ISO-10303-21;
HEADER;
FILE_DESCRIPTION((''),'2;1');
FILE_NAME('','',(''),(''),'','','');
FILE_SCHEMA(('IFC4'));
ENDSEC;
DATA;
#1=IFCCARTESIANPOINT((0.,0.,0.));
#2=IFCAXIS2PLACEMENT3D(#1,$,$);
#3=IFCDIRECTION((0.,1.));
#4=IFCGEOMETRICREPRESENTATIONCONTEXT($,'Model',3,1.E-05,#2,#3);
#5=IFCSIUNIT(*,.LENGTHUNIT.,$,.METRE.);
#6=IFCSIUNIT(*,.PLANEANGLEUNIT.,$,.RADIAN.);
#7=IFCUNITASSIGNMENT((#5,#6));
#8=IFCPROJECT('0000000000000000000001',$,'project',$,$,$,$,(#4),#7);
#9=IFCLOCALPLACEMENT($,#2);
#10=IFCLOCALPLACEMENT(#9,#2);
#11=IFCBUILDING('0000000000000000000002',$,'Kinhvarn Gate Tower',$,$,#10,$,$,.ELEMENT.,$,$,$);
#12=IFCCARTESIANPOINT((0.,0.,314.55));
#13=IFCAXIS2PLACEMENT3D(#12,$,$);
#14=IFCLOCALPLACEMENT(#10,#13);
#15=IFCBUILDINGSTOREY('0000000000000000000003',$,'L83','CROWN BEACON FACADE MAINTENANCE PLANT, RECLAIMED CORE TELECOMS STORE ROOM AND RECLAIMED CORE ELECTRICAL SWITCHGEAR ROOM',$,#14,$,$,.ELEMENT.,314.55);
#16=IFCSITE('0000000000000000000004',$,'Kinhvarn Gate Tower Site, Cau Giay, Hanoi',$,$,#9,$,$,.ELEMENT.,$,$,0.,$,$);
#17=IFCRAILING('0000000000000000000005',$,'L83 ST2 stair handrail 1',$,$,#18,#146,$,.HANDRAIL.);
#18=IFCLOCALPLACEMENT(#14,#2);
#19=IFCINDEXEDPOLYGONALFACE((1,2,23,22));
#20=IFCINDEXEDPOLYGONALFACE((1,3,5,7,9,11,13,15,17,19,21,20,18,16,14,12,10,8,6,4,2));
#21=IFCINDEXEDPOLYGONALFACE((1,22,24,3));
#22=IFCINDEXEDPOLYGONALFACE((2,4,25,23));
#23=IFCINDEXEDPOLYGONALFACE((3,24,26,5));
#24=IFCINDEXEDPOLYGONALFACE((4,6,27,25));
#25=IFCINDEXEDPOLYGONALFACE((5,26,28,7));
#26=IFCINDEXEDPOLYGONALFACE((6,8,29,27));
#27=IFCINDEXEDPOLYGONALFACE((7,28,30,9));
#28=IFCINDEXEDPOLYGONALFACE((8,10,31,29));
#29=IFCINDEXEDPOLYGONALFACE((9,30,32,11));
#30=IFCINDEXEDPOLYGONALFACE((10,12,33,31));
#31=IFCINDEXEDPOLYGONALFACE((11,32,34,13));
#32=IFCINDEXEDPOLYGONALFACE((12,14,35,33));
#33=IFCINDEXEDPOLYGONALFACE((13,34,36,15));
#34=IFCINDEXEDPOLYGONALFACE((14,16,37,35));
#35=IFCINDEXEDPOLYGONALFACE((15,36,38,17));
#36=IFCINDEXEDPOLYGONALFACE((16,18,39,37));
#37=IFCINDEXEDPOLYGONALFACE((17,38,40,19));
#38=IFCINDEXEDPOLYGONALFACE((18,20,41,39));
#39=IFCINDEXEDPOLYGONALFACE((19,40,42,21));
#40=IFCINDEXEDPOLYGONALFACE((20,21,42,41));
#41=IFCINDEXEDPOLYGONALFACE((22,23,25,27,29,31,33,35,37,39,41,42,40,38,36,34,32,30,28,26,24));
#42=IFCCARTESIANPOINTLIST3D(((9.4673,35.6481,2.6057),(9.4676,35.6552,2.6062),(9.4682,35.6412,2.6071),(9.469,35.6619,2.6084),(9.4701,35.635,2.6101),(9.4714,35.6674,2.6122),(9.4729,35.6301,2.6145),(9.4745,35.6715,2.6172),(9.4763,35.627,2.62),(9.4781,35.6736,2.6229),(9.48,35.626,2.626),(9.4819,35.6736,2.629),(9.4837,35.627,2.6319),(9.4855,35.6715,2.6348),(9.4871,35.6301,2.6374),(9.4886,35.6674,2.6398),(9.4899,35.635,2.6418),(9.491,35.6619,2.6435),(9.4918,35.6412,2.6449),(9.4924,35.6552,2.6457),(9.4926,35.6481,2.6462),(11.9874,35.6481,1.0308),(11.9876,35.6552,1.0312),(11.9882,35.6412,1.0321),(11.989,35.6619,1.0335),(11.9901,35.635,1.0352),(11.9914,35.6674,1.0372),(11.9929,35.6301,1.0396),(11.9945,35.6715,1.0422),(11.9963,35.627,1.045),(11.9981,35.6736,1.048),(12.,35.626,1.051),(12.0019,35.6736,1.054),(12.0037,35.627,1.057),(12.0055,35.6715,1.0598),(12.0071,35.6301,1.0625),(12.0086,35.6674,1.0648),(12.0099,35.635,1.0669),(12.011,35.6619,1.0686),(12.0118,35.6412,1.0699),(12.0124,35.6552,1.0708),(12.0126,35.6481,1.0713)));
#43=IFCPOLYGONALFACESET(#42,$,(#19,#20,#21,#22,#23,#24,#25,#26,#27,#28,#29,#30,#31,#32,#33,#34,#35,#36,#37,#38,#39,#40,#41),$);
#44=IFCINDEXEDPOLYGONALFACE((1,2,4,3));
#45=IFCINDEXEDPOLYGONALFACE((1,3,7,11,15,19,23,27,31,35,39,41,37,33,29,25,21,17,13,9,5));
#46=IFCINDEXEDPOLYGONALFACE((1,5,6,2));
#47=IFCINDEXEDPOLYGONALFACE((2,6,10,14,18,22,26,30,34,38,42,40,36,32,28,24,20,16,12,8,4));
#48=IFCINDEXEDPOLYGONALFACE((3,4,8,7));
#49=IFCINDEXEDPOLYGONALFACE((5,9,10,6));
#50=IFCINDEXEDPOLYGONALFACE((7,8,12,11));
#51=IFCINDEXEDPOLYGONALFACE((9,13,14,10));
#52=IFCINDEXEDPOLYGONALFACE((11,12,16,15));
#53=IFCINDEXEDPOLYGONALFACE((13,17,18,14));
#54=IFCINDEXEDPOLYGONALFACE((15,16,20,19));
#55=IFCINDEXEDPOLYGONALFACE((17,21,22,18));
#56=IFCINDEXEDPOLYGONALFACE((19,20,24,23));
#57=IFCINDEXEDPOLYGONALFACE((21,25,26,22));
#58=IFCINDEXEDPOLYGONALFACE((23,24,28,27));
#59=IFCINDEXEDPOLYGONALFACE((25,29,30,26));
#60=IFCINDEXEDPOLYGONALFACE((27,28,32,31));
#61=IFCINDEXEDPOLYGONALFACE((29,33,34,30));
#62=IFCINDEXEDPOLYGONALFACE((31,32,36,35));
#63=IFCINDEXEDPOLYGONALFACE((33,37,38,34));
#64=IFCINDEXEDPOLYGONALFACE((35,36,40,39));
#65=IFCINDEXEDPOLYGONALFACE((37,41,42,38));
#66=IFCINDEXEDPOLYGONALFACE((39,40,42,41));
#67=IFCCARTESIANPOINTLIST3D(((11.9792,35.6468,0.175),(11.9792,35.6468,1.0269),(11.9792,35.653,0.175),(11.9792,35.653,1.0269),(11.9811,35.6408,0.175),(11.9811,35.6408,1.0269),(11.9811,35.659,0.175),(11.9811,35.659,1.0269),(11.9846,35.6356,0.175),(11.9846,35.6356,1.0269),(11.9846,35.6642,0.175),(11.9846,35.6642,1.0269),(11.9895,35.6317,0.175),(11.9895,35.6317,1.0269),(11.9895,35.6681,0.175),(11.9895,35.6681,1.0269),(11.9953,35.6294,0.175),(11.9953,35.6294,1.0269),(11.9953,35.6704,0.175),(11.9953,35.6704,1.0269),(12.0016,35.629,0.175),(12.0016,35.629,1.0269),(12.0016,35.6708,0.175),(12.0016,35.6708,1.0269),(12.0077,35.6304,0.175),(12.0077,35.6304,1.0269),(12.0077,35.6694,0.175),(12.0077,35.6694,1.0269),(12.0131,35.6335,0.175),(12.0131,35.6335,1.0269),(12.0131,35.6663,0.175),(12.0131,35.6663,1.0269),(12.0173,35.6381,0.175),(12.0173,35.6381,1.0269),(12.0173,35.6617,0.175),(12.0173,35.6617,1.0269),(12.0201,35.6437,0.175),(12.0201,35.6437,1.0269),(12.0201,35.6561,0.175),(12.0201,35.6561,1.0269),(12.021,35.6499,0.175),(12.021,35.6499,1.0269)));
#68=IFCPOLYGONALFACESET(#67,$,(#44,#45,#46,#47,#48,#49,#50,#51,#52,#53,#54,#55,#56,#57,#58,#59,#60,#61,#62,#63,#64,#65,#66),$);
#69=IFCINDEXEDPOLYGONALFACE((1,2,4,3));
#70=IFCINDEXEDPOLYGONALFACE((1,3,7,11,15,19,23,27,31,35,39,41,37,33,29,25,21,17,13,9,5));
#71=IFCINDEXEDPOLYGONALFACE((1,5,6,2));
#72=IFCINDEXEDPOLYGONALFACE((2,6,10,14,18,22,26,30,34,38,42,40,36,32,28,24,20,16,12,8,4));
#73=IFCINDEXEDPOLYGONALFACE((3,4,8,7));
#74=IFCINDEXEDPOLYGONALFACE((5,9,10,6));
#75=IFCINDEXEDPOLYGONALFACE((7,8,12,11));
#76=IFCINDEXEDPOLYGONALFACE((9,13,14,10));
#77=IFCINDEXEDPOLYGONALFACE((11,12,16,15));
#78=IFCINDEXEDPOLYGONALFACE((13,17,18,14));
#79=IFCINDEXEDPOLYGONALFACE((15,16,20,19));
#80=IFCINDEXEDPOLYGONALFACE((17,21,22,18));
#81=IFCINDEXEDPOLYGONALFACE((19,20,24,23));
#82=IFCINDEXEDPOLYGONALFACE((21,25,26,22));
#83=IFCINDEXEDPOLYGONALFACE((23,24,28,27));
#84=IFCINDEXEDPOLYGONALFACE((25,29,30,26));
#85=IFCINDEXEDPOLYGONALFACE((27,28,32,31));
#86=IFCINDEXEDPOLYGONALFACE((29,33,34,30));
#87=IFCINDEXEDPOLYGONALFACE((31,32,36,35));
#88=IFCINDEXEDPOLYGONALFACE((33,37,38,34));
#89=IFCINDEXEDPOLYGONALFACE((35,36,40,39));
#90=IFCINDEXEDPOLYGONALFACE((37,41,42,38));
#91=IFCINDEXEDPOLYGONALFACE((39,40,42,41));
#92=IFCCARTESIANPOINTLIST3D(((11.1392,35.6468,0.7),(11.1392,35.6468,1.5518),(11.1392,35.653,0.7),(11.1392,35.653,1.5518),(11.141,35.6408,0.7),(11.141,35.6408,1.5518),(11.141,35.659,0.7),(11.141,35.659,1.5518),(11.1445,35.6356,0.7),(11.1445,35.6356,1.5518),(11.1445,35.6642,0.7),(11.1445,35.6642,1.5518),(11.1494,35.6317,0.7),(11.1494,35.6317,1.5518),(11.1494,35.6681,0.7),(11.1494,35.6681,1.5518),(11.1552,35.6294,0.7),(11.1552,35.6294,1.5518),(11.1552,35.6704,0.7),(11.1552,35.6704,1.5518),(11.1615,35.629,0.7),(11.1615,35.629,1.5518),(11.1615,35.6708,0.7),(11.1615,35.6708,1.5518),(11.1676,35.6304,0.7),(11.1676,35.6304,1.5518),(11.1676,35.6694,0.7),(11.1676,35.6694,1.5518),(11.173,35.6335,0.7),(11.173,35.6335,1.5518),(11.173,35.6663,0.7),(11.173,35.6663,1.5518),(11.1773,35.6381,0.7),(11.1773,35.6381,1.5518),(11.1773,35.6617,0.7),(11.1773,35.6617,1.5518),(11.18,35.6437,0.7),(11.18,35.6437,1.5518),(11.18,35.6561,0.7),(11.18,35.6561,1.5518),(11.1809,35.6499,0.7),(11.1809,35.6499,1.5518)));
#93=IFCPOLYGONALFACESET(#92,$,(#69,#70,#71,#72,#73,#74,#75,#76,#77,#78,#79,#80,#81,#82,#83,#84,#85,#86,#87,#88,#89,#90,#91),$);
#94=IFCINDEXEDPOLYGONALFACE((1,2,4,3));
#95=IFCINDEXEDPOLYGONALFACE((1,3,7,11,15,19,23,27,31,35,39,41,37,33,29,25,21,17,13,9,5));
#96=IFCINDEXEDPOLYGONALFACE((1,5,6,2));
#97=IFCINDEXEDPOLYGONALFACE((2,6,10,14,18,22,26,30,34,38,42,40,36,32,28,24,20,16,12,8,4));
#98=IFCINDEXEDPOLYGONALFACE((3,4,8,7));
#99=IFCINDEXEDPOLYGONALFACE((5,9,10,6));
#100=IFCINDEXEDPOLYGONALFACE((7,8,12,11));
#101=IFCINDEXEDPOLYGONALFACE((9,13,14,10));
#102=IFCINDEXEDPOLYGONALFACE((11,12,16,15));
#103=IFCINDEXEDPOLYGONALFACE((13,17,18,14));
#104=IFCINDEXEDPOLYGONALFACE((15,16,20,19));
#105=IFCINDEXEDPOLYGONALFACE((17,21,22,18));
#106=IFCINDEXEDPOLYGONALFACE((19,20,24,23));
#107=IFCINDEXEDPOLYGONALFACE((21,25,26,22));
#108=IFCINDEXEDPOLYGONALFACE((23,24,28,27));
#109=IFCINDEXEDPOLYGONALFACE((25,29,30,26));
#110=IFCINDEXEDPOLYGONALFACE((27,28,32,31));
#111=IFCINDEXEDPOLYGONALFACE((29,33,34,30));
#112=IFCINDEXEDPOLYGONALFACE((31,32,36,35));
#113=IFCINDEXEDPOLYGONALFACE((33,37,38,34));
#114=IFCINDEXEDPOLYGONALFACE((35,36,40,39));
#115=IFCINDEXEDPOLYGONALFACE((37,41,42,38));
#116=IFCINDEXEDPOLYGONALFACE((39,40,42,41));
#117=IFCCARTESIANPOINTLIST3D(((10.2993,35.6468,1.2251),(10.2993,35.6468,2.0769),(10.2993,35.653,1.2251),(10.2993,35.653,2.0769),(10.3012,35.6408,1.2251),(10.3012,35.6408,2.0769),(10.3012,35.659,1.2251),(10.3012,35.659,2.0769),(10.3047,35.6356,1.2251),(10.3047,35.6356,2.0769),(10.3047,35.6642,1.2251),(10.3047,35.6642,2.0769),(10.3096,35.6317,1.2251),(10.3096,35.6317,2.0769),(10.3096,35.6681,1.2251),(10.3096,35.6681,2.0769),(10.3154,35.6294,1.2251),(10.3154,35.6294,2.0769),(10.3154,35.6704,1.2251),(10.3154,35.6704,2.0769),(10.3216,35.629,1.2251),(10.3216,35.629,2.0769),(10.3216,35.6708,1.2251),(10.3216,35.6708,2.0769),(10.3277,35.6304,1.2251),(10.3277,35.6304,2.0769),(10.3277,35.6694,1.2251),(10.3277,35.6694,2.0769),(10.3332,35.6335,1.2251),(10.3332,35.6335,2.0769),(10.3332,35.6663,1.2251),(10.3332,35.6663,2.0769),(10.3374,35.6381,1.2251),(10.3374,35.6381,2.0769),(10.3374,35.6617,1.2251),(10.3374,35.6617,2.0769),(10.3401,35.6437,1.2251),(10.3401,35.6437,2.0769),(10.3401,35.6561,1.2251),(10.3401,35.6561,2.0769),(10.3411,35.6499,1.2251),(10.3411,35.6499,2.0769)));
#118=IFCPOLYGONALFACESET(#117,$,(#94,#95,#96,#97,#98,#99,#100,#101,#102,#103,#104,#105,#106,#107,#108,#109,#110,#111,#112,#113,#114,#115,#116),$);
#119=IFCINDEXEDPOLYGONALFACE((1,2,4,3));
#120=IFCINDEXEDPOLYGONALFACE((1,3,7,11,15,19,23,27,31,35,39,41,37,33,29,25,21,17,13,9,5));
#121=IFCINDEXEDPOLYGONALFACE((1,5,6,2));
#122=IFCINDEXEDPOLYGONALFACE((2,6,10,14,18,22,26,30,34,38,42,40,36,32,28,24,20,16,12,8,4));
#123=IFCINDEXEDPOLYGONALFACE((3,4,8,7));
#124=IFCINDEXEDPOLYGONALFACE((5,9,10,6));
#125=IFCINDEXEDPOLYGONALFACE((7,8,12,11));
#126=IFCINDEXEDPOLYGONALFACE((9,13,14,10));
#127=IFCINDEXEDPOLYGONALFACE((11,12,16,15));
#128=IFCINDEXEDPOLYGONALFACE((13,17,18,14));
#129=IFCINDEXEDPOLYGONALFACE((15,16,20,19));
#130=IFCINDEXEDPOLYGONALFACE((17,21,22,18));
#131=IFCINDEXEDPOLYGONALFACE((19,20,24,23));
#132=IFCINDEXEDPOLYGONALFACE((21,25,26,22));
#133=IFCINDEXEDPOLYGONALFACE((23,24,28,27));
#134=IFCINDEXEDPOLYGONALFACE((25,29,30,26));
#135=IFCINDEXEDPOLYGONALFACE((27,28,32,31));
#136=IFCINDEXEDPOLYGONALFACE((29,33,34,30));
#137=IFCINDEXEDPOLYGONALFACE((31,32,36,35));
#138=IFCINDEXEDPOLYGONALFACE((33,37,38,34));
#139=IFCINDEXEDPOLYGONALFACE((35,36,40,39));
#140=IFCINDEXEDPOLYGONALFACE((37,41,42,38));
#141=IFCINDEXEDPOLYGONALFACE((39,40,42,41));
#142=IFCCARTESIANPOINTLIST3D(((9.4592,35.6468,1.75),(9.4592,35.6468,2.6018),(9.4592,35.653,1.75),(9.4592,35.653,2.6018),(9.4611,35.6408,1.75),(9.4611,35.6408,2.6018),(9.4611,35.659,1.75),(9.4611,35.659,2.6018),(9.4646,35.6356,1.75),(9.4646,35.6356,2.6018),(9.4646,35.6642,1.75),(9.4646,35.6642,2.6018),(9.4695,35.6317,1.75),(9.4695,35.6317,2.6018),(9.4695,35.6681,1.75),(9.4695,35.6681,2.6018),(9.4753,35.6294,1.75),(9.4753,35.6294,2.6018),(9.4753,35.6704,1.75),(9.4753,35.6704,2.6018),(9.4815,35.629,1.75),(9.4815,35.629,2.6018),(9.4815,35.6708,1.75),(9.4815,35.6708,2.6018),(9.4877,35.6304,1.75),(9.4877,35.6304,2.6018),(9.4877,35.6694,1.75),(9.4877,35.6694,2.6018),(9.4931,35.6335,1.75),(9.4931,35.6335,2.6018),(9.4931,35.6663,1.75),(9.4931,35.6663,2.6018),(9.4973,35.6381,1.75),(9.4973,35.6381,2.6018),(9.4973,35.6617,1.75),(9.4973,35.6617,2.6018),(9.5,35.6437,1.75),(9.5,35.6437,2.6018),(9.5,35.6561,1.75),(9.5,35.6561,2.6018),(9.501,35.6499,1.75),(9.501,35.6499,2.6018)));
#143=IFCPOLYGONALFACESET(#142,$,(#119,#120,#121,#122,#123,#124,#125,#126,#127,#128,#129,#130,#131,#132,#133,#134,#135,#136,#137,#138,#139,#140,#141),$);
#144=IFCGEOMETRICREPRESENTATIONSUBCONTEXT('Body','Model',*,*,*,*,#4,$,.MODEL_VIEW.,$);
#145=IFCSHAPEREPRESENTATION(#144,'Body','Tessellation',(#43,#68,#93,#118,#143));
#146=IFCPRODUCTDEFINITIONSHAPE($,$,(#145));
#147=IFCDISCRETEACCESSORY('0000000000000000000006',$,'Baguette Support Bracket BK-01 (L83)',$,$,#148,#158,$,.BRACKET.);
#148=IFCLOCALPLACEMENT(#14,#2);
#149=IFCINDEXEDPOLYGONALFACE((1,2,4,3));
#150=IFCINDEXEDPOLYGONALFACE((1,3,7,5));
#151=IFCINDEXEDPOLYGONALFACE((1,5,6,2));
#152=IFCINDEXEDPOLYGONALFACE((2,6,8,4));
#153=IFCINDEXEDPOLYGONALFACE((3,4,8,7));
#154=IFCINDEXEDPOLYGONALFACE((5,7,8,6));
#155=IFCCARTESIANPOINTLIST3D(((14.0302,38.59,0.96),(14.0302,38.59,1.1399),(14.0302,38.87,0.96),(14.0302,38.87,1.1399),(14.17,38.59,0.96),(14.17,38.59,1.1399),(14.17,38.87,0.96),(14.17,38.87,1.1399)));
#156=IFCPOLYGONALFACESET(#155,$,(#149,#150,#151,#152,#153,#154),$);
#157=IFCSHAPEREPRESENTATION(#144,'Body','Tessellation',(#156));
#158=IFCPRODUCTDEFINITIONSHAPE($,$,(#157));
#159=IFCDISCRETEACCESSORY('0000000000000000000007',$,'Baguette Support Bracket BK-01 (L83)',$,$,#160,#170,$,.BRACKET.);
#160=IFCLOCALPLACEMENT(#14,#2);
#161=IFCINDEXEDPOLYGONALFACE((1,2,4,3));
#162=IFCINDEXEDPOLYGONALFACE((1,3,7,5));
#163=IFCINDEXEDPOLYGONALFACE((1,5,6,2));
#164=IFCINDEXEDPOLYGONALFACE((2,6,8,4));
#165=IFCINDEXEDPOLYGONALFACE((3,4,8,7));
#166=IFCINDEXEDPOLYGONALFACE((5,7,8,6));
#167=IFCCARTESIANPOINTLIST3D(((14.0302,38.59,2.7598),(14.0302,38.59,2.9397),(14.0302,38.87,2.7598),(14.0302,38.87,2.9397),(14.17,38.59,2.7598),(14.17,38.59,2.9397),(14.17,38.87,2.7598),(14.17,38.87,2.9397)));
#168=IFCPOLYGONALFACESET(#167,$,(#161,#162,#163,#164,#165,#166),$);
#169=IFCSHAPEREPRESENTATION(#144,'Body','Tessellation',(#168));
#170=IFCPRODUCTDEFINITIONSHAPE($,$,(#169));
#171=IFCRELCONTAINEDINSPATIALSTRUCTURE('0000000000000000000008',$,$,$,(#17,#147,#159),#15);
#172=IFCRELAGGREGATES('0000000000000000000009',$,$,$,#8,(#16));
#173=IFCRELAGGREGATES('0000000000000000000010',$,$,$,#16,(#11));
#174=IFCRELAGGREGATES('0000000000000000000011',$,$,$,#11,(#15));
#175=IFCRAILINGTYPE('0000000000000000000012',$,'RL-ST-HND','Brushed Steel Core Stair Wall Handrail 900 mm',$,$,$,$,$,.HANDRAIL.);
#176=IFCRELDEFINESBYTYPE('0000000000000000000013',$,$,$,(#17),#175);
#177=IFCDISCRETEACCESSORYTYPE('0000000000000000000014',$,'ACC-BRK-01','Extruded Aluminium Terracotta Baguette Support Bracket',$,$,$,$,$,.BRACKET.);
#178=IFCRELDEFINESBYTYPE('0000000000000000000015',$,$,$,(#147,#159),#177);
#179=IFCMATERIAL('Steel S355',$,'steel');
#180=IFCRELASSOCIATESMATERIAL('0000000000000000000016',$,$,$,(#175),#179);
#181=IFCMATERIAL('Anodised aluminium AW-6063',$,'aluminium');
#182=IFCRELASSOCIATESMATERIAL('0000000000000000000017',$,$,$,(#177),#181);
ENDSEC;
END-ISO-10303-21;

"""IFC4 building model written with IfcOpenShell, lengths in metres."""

from ifc_helpers import new_model, si_unit, direction, frame, origin, origin_2d, place, context, subcontext, project, spatial, rectangle, circle, extrude, material, type_object, element, save


model = new_model("IFC4")

# Units and contexts
model_context = context("Model", 3, precision=1e-05, world=origin(), true_north=direction((0.0, 1.0)))
body_context = subcontext(model_context, "Body", "Model", "MODEL_VIEW")
ifc_project = project(units=[si_unit("LENGTHUNIT", "METRE"), si_unit("PLANEANGLEUNIT", "RADIAN")], contexts=[model_context])

# Site, building, storey
site_placement = place(None, origin())
site = spatial("IfcSite", under=ifc_project, at=site_placement, Name="Kinhvarn Gate Tower Site, Cau Giay, Hanoi", CompositionType="ELEMENT", RefElevation=0.0)
building_placement = place(site_placement, origin())
building = spatial("IfcBuilding", under=site, at=building_placement, Name="Kinhvarn Gate Tower", CompositionType="ELEMENT")
storey_placement = place(building_placement, frame((0.0, 0.0, 314.55)))
storey = spatial("IfcBuildingStorey", under=building, at=storey_placement, Name="L83", Description="CROWN BEACON FACADE MAINTENANCE PLANT, RECLAIMED CORE TELECOMS STORE ROOM AND RECLAIMED CORE ELECTRICAL SWITCHGEAR ROOM", CompositionType="ELEMENT", Elevation=314.55)

# Shared definitions
ifc_material_1 = material(Name="Anodised aluminium AW-6063", Category="aluminium")

# Railing
ifc_material_2 = material(Name="Steel S355", Category="steel")
railing_type_1 = type_object("IfcRailingType", Name="RL-ST-HND", Description="Brushed Steel Core Stair Wall Handrail 900 mm", PredefinedType="HANDRAIL", material=ifc_material_2)
railing_1_placement = place(storey_placement, frame((12.0, 35.6499, 0.175)))
element("IfcRailing", 1, at=railing_1_placement, inside=storey, type_object=railing_type_1, Name="L83 ST2 stair handrail 1", PredefinedType="HANDRAIL", context=body_context, shape_type="SweptSolid", body=[
    extrude(circle(Radius=0.0239, at=origin_2d()), frame((0.0, 0.0, 0.876), z_axis=(-0.848008, 0.0, 0.529984), x_axis=(0.0, -1.0, 0.0)), (0.0, 0.0, 1.0), 2.9717),
    extrude(circle(Radius=0.021, at=origin_2d()), origin(), (0.0, 0.0, 1.0), 0.8518),
    extrude(circle(Radius=0.021, at=origin_2d()), frame((-0.8401, 0.0, 0.5249)), (0.0, 0.0, 1.0), 0.8518),
    extrude(circle(Radius=0.021, at=origin_2d()), frame((-1.6799, 0.0, 1.05)), (0.0, 0.0, 1.0), 0.8518),
    extrude(circle(Radius=0.021, at=origin_2d()), frame((-2.52, 0.0, 1.575)), (0.0, 0.0, 1.0), 0.8518),
])

# Discrete accessories
discrete_accessory_type = type_object("IfcDiscreteAccessoryType", Name="ACC-BRK-01", Description="Extruded Aluminium Terracotta Baguette Support Bracket", PredefinedType="BRACKET", material=ifc_material_1)
for number, where, z_axis, x_axis, name in (
    (2, (14.1001, 38.73, 0.96), (0.0, 0.0, 1.0), (-1.0, 0.0, 0.0), "Baguette Support Bracket BK-01 (L83)"),
    (3, (14.1001, 38.73, 2.7598), (0.0, 0.0, 1.0), (-1.0, 0.0, 0.0), "Baguette Support Bracket BK-01 (L83)"),
):
    element("IfcDiscreteAccessory", number, at=place(storey_placement, frame(where, z_axis=z_axis, x_axis=x_axis)), inside=storey, type_object=discrete_accessory_type, Name=name, PredefinedType="BRACKET", context=body_context, shape_type="SweptSolid", body=[
        extrude(rectangle(XDim=0.1399, YDim=0.28, at=origin_2d()), origin(), (0.0, 0.0, 1.0), 0.1799),
    ])

save(model, "model.ifc")
